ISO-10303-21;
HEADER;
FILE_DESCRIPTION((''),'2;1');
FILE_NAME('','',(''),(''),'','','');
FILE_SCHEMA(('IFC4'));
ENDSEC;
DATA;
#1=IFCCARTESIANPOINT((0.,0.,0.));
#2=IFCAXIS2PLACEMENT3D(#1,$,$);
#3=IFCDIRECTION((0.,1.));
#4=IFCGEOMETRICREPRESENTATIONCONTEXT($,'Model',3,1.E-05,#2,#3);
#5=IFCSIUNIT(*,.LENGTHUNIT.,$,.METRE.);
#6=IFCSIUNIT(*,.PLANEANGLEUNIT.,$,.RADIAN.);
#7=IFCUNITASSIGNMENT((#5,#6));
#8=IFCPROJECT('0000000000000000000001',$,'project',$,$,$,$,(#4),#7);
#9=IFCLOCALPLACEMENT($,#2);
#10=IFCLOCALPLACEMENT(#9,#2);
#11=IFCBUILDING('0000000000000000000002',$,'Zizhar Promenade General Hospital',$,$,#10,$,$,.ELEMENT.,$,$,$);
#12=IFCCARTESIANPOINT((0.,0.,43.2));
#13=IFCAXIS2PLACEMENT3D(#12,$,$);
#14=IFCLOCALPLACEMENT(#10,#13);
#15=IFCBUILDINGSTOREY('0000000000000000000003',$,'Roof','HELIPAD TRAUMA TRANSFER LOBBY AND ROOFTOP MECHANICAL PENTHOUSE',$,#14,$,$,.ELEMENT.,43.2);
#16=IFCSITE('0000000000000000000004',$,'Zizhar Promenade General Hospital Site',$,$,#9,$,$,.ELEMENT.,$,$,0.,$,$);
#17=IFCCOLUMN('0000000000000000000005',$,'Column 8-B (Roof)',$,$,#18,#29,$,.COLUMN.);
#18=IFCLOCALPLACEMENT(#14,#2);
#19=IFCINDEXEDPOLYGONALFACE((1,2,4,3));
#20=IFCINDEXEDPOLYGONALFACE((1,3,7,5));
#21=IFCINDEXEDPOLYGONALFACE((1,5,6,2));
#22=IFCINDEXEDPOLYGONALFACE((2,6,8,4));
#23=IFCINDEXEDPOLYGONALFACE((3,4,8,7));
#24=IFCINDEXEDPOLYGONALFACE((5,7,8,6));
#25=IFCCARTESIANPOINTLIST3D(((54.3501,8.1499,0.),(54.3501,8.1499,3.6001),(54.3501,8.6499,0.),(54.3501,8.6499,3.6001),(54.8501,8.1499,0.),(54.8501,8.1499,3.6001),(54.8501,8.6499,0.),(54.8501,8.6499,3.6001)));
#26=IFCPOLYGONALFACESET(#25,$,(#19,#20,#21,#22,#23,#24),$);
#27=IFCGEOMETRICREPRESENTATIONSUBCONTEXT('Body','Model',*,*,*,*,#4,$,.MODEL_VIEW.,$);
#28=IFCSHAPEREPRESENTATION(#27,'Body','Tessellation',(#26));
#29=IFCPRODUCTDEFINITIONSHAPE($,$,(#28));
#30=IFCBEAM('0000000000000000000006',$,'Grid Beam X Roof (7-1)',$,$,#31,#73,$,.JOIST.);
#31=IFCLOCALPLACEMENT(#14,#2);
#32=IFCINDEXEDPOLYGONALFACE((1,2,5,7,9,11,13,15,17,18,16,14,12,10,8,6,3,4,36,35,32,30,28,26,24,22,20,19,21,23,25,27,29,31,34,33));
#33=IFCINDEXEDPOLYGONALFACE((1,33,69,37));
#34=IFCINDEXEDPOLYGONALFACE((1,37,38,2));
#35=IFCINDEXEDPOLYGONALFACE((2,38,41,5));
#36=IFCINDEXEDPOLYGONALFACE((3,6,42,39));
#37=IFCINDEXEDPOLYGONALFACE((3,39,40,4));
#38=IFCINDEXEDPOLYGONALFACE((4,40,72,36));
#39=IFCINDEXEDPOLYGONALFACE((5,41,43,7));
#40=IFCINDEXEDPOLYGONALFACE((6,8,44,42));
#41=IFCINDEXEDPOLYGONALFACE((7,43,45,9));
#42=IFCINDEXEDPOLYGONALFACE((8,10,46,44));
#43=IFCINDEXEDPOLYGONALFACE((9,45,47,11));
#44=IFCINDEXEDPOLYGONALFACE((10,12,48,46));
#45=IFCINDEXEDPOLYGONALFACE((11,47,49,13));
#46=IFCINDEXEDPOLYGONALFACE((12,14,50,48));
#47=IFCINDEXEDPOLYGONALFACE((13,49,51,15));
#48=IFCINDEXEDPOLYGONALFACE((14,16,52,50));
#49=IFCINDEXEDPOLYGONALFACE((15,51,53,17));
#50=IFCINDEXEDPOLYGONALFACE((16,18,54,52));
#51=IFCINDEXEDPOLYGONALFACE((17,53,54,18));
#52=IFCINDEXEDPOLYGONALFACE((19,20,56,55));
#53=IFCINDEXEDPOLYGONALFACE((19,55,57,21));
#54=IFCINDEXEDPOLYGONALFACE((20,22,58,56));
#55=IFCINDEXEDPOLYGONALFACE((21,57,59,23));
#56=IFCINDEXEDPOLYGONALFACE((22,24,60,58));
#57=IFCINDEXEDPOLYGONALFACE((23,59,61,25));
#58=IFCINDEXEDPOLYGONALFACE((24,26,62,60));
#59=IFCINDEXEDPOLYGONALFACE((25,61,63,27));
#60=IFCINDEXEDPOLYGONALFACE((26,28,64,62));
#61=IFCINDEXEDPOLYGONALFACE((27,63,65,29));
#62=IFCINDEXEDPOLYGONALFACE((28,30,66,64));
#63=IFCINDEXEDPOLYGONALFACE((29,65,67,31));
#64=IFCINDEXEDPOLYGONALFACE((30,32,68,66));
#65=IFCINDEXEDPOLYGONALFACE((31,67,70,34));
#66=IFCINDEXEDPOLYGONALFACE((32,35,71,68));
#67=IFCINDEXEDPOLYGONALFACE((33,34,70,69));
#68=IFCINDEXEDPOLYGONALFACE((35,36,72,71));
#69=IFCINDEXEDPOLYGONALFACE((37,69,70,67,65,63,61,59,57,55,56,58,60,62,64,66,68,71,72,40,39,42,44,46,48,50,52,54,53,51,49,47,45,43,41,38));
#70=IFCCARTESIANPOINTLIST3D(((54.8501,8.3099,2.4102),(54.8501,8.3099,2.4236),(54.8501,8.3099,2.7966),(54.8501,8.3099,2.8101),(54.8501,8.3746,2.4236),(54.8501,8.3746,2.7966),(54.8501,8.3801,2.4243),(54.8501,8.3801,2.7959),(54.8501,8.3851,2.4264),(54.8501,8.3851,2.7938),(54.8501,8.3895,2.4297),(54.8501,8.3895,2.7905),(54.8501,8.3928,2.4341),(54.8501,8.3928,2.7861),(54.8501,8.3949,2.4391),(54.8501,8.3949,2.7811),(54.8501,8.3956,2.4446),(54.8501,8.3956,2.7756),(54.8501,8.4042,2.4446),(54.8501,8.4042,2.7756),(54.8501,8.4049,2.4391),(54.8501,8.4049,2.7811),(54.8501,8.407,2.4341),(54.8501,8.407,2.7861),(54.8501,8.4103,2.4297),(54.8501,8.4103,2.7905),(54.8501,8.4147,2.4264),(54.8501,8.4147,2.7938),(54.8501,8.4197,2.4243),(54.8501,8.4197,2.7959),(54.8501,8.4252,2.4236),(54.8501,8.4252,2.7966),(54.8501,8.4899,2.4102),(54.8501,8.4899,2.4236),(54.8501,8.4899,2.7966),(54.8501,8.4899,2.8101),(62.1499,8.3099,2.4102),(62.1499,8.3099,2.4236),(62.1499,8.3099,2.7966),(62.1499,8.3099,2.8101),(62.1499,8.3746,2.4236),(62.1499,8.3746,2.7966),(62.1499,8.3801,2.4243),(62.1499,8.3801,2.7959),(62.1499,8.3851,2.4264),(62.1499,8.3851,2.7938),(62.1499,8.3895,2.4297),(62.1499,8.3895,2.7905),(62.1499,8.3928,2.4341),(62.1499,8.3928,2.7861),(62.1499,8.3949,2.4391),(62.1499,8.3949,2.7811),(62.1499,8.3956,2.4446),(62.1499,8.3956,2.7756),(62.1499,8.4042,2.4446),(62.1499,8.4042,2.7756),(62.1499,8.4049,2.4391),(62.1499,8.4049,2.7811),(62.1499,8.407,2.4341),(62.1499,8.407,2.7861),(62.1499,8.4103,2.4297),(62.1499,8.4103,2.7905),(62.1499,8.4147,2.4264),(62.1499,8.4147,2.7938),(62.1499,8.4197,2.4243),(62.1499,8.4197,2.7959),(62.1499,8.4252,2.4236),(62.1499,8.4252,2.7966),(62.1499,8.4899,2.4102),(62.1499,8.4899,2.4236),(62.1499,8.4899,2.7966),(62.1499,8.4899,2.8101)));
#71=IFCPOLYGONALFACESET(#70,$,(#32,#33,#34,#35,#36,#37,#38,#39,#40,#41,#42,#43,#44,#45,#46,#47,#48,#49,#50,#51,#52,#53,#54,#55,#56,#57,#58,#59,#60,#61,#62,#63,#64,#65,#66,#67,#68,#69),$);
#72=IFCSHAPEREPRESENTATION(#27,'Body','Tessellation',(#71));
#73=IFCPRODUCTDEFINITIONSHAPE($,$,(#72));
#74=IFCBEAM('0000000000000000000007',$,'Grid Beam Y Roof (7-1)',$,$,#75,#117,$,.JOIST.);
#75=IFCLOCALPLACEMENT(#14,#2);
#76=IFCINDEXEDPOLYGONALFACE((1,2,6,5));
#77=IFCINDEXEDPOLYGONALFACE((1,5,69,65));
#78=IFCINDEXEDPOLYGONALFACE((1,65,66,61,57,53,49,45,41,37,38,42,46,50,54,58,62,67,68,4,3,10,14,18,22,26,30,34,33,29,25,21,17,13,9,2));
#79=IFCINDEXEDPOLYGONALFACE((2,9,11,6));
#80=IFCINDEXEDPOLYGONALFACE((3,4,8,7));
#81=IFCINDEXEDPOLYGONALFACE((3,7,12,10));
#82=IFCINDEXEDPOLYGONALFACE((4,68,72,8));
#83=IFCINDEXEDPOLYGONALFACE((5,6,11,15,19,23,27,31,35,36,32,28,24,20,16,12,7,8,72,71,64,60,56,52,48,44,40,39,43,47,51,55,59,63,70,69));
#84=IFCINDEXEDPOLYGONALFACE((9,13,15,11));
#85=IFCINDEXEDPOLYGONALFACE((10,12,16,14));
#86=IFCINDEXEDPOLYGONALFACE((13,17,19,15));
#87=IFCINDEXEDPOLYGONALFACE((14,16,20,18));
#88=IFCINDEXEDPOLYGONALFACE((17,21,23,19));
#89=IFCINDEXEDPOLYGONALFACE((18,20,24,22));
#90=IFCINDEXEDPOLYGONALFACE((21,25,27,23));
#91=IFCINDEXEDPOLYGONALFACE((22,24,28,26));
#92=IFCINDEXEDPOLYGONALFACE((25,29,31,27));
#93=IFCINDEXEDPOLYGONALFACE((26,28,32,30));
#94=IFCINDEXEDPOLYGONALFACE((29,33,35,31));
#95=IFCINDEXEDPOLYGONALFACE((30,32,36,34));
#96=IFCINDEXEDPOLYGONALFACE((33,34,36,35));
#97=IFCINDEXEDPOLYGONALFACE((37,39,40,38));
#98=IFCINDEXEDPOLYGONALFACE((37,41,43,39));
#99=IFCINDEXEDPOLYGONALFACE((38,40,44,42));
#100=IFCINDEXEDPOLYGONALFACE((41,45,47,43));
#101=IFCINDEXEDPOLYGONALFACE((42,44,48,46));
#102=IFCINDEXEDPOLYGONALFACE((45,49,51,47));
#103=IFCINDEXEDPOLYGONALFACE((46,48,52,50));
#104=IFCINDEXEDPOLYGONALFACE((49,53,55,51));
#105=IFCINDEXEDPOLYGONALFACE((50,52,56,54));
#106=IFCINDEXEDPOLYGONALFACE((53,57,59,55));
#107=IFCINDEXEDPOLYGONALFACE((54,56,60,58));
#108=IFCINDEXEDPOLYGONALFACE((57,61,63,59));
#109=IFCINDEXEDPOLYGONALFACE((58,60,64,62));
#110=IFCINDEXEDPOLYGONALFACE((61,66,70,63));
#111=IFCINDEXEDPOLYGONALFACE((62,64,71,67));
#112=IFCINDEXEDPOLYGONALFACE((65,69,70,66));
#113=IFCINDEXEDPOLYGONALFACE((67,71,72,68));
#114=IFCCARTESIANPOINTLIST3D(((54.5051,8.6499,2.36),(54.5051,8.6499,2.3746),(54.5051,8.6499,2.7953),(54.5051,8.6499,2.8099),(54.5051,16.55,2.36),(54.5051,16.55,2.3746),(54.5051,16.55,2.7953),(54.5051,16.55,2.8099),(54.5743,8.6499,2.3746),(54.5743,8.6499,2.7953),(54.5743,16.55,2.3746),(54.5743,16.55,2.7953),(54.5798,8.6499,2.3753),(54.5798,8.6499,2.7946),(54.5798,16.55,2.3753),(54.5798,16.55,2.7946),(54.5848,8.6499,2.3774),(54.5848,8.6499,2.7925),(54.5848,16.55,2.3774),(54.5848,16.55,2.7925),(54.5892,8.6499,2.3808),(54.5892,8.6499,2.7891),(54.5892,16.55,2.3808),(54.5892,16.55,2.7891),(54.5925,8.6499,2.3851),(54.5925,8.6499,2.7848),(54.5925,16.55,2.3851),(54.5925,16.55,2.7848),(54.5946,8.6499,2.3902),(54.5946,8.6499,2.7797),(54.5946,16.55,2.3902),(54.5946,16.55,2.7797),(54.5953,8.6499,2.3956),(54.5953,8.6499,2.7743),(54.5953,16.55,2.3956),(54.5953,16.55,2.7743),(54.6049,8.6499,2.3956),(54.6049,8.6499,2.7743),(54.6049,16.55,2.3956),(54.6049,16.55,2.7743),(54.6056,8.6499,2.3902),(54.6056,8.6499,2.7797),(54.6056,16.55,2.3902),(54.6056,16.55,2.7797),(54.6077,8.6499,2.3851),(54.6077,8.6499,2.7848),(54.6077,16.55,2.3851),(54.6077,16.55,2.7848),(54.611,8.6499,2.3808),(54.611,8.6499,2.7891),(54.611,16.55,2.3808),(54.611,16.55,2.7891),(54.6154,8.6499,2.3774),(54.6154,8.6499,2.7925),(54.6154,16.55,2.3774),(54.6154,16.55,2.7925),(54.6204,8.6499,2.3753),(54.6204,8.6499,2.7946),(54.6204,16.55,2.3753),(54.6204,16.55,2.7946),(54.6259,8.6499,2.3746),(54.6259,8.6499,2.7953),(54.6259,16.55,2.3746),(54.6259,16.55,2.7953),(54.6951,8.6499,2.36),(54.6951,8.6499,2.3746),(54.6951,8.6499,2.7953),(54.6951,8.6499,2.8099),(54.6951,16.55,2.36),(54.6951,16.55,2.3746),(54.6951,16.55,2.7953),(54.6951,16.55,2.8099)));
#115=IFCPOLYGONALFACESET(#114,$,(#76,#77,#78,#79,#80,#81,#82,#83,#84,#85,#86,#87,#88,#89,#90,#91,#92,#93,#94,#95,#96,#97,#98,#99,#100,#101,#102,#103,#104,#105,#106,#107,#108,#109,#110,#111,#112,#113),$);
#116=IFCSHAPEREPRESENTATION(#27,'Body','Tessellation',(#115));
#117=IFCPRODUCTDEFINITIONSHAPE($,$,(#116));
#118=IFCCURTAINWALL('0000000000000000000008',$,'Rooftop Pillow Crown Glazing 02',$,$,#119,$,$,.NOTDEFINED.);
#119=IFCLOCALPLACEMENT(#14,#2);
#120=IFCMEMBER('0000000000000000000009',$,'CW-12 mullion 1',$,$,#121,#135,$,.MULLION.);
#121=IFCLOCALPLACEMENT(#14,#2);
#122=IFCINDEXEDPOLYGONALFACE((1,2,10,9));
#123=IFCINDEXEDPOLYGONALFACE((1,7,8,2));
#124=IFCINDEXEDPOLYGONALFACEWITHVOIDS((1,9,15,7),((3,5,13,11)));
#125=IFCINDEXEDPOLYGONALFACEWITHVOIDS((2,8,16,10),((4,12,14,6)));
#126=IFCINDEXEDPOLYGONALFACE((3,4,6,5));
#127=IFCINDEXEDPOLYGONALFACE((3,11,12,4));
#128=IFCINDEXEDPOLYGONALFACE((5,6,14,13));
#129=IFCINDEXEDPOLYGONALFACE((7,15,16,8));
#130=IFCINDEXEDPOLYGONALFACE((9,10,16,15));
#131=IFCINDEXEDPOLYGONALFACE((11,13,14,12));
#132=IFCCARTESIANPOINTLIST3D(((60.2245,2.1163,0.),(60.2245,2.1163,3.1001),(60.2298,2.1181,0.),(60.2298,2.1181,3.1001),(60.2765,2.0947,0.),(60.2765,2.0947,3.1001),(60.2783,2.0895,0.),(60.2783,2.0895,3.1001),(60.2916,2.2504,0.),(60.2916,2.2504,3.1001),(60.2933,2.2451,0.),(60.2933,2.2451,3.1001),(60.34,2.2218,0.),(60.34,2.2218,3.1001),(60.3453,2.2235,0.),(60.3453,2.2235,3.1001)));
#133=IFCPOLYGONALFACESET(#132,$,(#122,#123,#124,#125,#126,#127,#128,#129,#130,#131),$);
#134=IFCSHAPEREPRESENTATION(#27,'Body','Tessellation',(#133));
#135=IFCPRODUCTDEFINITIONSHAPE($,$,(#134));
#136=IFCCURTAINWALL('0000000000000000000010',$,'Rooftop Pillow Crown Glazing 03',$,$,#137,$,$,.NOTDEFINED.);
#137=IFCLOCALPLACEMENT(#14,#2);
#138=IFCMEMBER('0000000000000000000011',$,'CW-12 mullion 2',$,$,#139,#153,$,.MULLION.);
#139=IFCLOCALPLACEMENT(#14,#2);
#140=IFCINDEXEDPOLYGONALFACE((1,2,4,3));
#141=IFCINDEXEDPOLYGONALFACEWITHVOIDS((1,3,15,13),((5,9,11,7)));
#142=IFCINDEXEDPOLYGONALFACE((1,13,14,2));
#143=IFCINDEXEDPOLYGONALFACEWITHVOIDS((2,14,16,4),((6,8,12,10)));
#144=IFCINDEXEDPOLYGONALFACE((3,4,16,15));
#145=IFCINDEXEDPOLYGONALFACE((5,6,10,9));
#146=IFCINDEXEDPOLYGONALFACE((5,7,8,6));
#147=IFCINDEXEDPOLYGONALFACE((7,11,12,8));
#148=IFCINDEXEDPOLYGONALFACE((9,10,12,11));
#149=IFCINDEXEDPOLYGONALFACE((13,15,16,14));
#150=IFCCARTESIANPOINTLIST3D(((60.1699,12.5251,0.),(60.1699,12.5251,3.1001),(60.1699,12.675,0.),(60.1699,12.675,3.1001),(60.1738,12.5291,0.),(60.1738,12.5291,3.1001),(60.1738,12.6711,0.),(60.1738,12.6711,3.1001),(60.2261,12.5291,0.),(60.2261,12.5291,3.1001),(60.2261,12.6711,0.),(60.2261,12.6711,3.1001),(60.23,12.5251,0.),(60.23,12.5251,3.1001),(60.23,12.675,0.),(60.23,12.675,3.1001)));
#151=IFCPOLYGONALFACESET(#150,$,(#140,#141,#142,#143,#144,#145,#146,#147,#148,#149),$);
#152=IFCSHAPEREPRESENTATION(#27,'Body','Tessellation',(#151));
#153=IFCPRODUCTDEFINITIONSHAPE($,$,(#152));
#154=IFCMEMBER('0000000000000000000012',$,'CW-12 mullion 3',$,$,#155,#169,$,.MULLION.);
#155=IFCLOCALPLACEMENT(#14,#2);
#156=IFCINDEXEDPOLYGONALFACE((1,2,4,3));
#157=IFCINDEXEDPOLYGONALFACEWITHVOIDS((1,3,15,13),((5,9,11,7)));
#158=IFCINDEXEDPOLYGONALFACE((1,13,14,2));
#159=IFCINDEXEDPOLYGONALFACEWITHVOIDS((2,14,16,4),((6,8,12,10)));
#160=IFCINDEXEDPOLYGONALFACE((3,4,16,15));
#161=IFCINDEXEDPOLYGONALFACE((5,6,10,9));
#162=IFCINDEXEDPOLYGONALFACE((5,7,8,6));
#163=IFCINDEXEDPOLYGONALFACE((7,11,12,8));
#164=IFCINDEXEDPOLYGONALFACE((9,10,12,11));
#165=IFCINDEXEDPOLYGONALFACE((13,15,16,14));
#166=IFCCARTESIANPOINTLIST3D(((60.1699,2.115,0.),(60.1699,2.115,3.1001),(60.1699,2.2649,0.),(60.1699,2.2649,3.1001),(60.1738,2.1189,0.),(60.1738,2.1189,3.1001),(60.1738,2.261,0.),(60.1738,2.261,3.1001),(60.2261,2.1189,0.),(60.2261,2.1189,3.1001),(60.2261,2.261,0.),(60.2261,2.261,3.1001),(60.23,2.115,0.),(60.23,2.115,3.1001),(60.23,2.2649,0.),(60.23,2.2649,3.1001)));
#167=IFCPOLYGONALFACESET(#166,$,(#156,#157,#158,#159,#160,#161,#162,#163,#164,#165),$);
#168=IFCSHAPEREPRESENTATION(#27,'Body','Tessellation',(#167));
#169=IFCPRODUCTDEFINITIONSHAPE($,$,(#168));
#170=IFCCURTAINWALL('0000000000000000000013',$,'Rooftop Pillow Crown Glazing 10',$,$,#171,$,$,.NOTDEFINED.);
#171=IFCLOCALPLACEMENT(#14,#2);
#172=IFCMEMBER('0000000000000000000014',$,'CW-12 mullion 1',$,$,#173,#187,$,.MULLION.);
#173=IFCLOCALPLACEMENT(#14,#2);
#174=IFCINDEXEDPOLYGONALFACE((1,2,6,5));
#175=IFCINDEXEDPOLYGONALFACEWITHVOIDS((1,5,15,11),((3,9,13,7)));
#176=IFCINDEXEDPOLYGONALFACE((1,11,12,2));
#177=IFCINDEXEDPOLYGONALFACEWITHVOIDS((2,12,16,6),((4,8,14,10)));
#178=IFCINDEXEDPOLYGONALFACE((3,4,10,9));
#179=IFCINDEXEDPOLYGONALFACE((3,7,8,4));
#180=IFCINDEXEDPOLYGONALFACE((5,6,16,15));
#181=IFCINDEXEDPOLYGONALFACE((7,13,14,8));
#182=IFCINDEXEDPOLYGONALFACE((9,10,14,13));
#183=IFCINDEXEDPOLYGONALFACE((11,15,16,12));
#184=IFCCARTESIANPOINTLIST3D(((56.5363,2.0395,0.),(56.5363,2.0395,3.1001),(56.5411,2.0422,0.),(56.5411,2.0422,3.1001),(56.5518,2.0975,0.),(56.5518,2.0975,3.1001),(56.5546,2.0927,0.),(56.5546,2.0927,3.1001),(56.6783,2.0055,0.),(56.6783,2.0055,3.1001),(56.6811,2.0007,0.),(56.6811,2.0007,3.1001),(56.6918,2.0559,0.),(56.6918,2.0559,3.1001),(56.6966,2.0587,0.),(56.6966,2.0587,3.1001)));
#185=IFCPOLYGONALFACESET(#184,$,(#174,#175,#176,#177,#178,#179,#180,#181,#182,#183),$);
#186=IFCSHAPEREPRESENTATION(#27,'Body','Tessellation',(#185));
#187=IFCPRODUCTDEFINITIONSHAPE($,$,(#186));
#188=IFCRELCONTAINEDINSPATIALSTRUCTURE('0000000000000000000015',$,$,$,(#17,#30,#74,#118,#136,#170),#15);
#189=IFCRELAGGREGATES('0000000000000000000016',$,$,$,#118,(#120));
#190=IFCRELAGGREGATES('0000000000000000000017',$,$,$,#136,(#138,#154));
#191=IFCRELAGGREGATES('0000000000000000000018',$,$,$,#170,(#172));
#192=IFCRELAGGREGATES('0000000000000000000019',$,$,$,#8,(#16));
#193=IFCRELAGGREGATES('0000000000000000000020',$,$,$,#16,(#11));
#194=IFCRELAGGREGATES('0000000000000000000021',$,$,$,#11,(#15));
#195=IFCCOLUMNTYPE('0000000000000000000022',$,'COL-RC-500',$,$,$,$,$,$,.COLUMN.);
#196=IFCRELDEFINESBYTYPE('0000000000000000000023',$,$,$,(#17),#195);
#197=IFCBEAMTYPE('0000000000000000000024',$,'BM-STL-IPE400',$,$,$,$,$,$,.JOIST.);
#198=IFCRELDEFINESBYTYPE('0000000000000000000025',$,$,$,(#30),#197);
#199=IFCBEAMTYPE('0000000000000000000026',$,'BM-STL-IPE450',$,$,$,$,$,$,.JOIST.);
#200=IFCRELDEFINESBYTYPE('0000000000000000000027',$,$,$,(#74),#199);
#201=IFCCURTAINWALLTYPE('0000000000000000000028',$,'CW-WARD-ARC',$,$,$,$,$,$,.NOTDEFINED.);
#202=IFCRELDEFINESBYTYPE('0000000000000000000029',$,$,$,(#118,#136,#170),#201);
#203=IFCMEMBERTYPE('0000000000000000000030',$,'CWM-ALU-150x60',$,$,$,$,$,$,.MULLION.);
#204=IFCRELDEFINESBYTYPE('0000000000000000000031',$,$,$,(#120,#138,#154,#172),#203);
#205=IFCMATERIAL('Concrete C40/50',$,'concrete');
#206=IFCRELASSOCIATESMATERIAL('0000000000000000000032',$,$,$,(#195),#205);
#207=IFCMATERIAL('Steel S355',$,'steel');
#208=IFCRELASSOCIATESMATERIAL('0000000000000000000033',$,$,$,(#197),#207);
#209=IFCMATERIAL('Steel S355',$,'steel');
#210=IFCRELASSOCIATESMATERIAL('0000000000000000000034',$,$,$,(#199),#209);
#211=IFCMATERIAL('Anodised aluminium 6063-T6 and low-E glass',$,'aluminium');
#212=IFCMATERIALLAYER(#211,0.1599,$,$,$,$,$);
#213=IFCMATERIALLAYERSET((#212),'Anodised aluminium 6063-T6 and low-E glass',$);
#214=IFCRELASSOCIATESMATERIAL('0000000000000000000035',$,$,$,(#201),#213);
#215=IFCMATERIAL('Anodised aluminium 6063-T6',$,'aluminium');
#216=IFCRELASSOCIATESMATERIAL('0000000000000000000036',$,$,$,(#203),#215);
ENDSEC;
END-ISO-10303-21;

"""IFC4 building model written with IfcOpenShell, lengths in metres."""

from ifc_helpers import new_model, si_unit, direction, frame, origin, origin_2d, place, context, subcontext, project, spatial, rectangle, hollow_rectangle, i_section, extrude, material, layer, layer_set, material_profile, profile_set, type_object, element, aggregate, save


model = new_model("IFC4")

# Units and contexts
model_context = context("Model", 3, precision=1e-05, world=origin(), true_north=direction((0.0, 1.0)))
body_context = subcontext(model_context, "Body", "Model", "MODEL_VIEW")
ifc_project = project(units=[si_unit("LENGTHUNIT", "METRE"), si_unit("PLANEANGLEUNIT", "RADIAN")], contexts=[model_context])

# Site, building, storey
site_placement = place(None, origin())
site = spatial("IfcSite", under=ifc_project, at=site_placement, Name="Zizhar Promenade General Hospital Site", CompositionType="ELEMENT", RefElevation=0.0)
building_placement = place(site_placement, origin())
building = spatial("IfcBuilding", under=site, at=building_placement, Name="Zizhar Promenade General Hospital", CompositionType="ELEMENT")
storey_placement = place(building_placement, frame((0.0, 0.0, 43.2)))
storey = spatial("IfcBuildingStorey", under=building, at=storey_placement, Name="Roof", Description="HELIPAD TRAUMA TRANSFER LOBBY AND ROOFTOP MECHANICAL PENTHOUSE", CompositionType="ELEMENT", Elevation=43.2)

# Column
ifc_material_1 = material(Name="Concrete C40/50", Category="concrete")
ifc_material_profile_1 = material_profile(ifc_material_1, rectangle(XDim=0.5, YDim=0.5, at=origin_2d()))
ifc_profile_set_1 = profile_set([ifc_material_profile_1], Name="Concrete C40/50")
column_type = type_object("IfcColumnType", Name="COL-RC-500", PredefinedType="COLUMN", material=ifc_profile_set_1)
column_placement = place(storey_placement, frame((54.6001, 8.3999, 0.0), z_axis=(0.0, 0.0, 1.0), x_axis=(1.0, 0.0, 0.0)))
element("IfcColumn", 1, at=column_placement, inside=storey, type_object=column_type, Name="Column 8-B (Roof)", PredefinedType="COLUMN", context=body_context, shape_type="SweptSolid", body=[
    extrude(rectangle(XDim=0.5, YDim=0.5, at=origin_2d()), origin(), (0.0, 0.0, 1.0), 3.6001),
])

# Beams
ifc_material_2 = material(Name="Steel S355", Category="steel")
ifc_material_profile_2 = material_profile(ifc_material_2, i_section(OverallWidth=0.1799, OverallDepth=0.3999, WebThickness=0.0085, FlangeThickness=0.0134, FilletRadius=0.021, at=origin_2d()))
ifc_profile_set_2 = profile_set([ifc_material_profile_2], Name="Steel S355")
beam_type_1 = type_object("IfcBeamType", Name="BM-STL-IPE400", PredefinedType="JOIST", material=ifc_profile_set_2)
beam_1_placement = place(storey_placement, frame((54.8501, 8.3999, 2.6101), z_axis=(1.0, 0.0, 0.0), x_axis=(0.0, 1.0, 0.0)))
element("IfcBeam", 2, at=beam_1_placement, inside=storey, type_object=beam_type_1, Name="Grid Beam X Roof (7-1)", PredefinedType="JOIST", context=body_context, shape_type="SweptSolid", body=[
    extrude(i_section(OverallWidth=0.1799, OverallDepth=0.3999, WebThickness=0.0085, FlangeThickness=0.0134, FilletRadius=0.021, at=origin_2d()), origin(), (0.0, 0.0, 1.0), 7.2998),
])
ifc_material_3 = material(Name="Steel S355", Category="steel")
ifc_material_profile_3 = material_profile(ifc_material_3, i_section(OverallWidth=0.1899, OverallDepth=0.45, WebThickness=0.0095, FlangeThickness=0.0146, FilletRadius=0.021, at=origin_2d()))
ifc_profile_set_3 = profile_set([ifc_material_profile_3], Name="Steel S355")
beam_type_2 = type_object("IfcBeamType", Name="BM-STL-IPE450", PredefinedType="JOIST", material=ifc_profile_set_3)
beam_2_placement = place(storey_placement, frame((54.6001, 8.6499, 2.585), z_axis=(0.0, 1.0, 0.0), x_axis=(-1.0, 0.0, 0.0)))
element("IfcBeam", 3, at=beam_2_placement, inside=storey, type_object=beam_type_2, Name="Grid Beam Y Roof (7-1)", PredefinedType="JOIST", context=body_context, shape_type="SweptSolid", body=[
    extrude(i_section(OverallWidth=0.1899, OverallDepth=0.45, WebThickness=0.0095, FlangeThickness=0.0146, FilletRadius=0.021, at=origin_2d()), origin(), (0.0, 0.0, 1.0), 7.9001),
])

# Curtain wall, member
ifc_material_4 = material(Name="Anodised aluminium 6063-T6 and low-E glass", Category="aluminium")
ifc_layer_1 = layer(ifc_material_4, 0.1599)
ifc_layer_set_1 = layer_set([ifc_layer_1], Name="Anodised aluminium 6063-T6 and low-E glass")
curtain_wall_type = type_object("IfcCurtainWallType", Name="CW-WARD-ARC", PredefinedType="NOTDEFINED", material=ifc_layer_set_1)
curtain_wall_1_placement = place(storey_placement, origin())
curtain_wall_1 = element("IfcCurtainWall", 4, at=curtain_wall_1_placement, inside=storey, type_object=curtain_wall_type, Name="Rooftop Pillow Crown Glazing 02", PredefinedType="NOTDEFINED")
ifc_material_5 = material(Name="Anodised aluminium 6063-T6", Category="aluminium")
ifc_material_profile_4 = material_profile(ifc_material_5, hollow_rectangle(XDim=0.0601, YDim=0.1499, WallThickness=0.0039, at=origin_2d()))
ifc_profile_set_4 = profile_set([ifc_material_profile_4], Name="Anodised aluminium 6063-T6")
member_type_1 = type_object("IfcMemberType", Name="CWM-ALU-150x60", PredefinedType="MULLION", material=ifc_profile_set_4)
member_1_placement = place(storey_placement, frame((60.2849, 2.1699, 0.0), z_axis=(0.0, 0.0, 1.0), x_axis=(-0.894429, 0.44721, 0.0)))
member_1 = element("IfcMember", 5, at=member_1_placement, type_object=member_type_1, Name="CW-12 mullion 1", PredefinedType="MULLION", context=body_context, shape_type="SweptSolid", body=[
    extrude(hollow_rectangle(XDim=0.0601, YDim=0.1499, WallThickness=0.0039, at=origin_2d()), origin(), (0.0, 0.0, 1.0), 3.1001),
])

# Curtain walls, members
curtain_wall_2_placement = place(storey_placement, origin())
curtain_wall_2 = element("IfcCurtainWall", 6, at=curtain_wall_2_placement, inside=storey, type_object=curtain_wall_type, Name="Rooftop Pillow Crown Glazing 03", PredefinedType="NOTDEFINED")
member_2_placement = place(storey_placement, frame((60.2, 12.6001, 0.0), z_axis=(0.0, 0.0, 1.0), x_axis=(1.0, 0.0, 0.0)))
member_2 = element("IfcMember", 7, at=member_2_placement, type_object=member_type_1, Name="CW-12 mullion 2", PredefinedType="MULLION", context=body_context, shape_type="SweptSolid", body=[
    extrude(hollow_rectangle(XDim=0.0601, YDim=0.1499, WallThickness=0.0039, at=origin_2d()), origin(), (0.0, 0.0, 1.0), 3.1001),
])
member_3_placement = place(storey_placement, frame((60.2, 2.1899, 0.0), z_axis=(0.0, 0.0, 1.0), x_axis=(1.0, 0.0, 0.0)))
member_3 = element("IfcMember", 8, at=member_3_placement, type_object=member_type_1, Name="CW-12 mullion 3", PredefinedType="MULLION", context=body_context, shape_type="SweptSolid", body=[
    extrude(hollow_rectangle(XDim=0.0601, YDim=0.1499, WallThickness=0.0039, at=origin_2d()), origin(), (0.0, 0.0, 1.0), 3.1001),
])
curtain_wall_3_placement = place(storey_placement, origin())
curtain_wall_3 = element("IfcCurtainWall", 9, at=curtain_wall_3_placement, inside=storey, type_object=curtain_wall_type, Name="Rooftop Pillow Crown Glazing 10", PredefinedType="NOTDEFINED")
member_4_placement = place(storey_placement, frame((56.6165, 2.0491, 0.0), z_axis=(0.0, 0.0, 1.0), x_axis=(-0.258813, -0.965927, 0.0)))
member_4 = element("IfcMember", 10, at=member_4_placement, type_object=member_type_1, Name="CW-12 mullion 1", PredefinedType="MULLION", context=body_context, shape_type="SweptSolid", body=[
    extrude(hollow_rectangle(XDim=0.0601, YDim=0.1499, WallThickness=0.0039, at=origin_2d()), origin(), (0.0, 0.0, 1.0), 3.1001),
])

aggregate(curtain_wall_1, [member_1])

aggregate(curtain_wall_2, [member_2, member_3])
aggregate(curtain_wall_3, [member_4])

save(model, "model.ifc")
